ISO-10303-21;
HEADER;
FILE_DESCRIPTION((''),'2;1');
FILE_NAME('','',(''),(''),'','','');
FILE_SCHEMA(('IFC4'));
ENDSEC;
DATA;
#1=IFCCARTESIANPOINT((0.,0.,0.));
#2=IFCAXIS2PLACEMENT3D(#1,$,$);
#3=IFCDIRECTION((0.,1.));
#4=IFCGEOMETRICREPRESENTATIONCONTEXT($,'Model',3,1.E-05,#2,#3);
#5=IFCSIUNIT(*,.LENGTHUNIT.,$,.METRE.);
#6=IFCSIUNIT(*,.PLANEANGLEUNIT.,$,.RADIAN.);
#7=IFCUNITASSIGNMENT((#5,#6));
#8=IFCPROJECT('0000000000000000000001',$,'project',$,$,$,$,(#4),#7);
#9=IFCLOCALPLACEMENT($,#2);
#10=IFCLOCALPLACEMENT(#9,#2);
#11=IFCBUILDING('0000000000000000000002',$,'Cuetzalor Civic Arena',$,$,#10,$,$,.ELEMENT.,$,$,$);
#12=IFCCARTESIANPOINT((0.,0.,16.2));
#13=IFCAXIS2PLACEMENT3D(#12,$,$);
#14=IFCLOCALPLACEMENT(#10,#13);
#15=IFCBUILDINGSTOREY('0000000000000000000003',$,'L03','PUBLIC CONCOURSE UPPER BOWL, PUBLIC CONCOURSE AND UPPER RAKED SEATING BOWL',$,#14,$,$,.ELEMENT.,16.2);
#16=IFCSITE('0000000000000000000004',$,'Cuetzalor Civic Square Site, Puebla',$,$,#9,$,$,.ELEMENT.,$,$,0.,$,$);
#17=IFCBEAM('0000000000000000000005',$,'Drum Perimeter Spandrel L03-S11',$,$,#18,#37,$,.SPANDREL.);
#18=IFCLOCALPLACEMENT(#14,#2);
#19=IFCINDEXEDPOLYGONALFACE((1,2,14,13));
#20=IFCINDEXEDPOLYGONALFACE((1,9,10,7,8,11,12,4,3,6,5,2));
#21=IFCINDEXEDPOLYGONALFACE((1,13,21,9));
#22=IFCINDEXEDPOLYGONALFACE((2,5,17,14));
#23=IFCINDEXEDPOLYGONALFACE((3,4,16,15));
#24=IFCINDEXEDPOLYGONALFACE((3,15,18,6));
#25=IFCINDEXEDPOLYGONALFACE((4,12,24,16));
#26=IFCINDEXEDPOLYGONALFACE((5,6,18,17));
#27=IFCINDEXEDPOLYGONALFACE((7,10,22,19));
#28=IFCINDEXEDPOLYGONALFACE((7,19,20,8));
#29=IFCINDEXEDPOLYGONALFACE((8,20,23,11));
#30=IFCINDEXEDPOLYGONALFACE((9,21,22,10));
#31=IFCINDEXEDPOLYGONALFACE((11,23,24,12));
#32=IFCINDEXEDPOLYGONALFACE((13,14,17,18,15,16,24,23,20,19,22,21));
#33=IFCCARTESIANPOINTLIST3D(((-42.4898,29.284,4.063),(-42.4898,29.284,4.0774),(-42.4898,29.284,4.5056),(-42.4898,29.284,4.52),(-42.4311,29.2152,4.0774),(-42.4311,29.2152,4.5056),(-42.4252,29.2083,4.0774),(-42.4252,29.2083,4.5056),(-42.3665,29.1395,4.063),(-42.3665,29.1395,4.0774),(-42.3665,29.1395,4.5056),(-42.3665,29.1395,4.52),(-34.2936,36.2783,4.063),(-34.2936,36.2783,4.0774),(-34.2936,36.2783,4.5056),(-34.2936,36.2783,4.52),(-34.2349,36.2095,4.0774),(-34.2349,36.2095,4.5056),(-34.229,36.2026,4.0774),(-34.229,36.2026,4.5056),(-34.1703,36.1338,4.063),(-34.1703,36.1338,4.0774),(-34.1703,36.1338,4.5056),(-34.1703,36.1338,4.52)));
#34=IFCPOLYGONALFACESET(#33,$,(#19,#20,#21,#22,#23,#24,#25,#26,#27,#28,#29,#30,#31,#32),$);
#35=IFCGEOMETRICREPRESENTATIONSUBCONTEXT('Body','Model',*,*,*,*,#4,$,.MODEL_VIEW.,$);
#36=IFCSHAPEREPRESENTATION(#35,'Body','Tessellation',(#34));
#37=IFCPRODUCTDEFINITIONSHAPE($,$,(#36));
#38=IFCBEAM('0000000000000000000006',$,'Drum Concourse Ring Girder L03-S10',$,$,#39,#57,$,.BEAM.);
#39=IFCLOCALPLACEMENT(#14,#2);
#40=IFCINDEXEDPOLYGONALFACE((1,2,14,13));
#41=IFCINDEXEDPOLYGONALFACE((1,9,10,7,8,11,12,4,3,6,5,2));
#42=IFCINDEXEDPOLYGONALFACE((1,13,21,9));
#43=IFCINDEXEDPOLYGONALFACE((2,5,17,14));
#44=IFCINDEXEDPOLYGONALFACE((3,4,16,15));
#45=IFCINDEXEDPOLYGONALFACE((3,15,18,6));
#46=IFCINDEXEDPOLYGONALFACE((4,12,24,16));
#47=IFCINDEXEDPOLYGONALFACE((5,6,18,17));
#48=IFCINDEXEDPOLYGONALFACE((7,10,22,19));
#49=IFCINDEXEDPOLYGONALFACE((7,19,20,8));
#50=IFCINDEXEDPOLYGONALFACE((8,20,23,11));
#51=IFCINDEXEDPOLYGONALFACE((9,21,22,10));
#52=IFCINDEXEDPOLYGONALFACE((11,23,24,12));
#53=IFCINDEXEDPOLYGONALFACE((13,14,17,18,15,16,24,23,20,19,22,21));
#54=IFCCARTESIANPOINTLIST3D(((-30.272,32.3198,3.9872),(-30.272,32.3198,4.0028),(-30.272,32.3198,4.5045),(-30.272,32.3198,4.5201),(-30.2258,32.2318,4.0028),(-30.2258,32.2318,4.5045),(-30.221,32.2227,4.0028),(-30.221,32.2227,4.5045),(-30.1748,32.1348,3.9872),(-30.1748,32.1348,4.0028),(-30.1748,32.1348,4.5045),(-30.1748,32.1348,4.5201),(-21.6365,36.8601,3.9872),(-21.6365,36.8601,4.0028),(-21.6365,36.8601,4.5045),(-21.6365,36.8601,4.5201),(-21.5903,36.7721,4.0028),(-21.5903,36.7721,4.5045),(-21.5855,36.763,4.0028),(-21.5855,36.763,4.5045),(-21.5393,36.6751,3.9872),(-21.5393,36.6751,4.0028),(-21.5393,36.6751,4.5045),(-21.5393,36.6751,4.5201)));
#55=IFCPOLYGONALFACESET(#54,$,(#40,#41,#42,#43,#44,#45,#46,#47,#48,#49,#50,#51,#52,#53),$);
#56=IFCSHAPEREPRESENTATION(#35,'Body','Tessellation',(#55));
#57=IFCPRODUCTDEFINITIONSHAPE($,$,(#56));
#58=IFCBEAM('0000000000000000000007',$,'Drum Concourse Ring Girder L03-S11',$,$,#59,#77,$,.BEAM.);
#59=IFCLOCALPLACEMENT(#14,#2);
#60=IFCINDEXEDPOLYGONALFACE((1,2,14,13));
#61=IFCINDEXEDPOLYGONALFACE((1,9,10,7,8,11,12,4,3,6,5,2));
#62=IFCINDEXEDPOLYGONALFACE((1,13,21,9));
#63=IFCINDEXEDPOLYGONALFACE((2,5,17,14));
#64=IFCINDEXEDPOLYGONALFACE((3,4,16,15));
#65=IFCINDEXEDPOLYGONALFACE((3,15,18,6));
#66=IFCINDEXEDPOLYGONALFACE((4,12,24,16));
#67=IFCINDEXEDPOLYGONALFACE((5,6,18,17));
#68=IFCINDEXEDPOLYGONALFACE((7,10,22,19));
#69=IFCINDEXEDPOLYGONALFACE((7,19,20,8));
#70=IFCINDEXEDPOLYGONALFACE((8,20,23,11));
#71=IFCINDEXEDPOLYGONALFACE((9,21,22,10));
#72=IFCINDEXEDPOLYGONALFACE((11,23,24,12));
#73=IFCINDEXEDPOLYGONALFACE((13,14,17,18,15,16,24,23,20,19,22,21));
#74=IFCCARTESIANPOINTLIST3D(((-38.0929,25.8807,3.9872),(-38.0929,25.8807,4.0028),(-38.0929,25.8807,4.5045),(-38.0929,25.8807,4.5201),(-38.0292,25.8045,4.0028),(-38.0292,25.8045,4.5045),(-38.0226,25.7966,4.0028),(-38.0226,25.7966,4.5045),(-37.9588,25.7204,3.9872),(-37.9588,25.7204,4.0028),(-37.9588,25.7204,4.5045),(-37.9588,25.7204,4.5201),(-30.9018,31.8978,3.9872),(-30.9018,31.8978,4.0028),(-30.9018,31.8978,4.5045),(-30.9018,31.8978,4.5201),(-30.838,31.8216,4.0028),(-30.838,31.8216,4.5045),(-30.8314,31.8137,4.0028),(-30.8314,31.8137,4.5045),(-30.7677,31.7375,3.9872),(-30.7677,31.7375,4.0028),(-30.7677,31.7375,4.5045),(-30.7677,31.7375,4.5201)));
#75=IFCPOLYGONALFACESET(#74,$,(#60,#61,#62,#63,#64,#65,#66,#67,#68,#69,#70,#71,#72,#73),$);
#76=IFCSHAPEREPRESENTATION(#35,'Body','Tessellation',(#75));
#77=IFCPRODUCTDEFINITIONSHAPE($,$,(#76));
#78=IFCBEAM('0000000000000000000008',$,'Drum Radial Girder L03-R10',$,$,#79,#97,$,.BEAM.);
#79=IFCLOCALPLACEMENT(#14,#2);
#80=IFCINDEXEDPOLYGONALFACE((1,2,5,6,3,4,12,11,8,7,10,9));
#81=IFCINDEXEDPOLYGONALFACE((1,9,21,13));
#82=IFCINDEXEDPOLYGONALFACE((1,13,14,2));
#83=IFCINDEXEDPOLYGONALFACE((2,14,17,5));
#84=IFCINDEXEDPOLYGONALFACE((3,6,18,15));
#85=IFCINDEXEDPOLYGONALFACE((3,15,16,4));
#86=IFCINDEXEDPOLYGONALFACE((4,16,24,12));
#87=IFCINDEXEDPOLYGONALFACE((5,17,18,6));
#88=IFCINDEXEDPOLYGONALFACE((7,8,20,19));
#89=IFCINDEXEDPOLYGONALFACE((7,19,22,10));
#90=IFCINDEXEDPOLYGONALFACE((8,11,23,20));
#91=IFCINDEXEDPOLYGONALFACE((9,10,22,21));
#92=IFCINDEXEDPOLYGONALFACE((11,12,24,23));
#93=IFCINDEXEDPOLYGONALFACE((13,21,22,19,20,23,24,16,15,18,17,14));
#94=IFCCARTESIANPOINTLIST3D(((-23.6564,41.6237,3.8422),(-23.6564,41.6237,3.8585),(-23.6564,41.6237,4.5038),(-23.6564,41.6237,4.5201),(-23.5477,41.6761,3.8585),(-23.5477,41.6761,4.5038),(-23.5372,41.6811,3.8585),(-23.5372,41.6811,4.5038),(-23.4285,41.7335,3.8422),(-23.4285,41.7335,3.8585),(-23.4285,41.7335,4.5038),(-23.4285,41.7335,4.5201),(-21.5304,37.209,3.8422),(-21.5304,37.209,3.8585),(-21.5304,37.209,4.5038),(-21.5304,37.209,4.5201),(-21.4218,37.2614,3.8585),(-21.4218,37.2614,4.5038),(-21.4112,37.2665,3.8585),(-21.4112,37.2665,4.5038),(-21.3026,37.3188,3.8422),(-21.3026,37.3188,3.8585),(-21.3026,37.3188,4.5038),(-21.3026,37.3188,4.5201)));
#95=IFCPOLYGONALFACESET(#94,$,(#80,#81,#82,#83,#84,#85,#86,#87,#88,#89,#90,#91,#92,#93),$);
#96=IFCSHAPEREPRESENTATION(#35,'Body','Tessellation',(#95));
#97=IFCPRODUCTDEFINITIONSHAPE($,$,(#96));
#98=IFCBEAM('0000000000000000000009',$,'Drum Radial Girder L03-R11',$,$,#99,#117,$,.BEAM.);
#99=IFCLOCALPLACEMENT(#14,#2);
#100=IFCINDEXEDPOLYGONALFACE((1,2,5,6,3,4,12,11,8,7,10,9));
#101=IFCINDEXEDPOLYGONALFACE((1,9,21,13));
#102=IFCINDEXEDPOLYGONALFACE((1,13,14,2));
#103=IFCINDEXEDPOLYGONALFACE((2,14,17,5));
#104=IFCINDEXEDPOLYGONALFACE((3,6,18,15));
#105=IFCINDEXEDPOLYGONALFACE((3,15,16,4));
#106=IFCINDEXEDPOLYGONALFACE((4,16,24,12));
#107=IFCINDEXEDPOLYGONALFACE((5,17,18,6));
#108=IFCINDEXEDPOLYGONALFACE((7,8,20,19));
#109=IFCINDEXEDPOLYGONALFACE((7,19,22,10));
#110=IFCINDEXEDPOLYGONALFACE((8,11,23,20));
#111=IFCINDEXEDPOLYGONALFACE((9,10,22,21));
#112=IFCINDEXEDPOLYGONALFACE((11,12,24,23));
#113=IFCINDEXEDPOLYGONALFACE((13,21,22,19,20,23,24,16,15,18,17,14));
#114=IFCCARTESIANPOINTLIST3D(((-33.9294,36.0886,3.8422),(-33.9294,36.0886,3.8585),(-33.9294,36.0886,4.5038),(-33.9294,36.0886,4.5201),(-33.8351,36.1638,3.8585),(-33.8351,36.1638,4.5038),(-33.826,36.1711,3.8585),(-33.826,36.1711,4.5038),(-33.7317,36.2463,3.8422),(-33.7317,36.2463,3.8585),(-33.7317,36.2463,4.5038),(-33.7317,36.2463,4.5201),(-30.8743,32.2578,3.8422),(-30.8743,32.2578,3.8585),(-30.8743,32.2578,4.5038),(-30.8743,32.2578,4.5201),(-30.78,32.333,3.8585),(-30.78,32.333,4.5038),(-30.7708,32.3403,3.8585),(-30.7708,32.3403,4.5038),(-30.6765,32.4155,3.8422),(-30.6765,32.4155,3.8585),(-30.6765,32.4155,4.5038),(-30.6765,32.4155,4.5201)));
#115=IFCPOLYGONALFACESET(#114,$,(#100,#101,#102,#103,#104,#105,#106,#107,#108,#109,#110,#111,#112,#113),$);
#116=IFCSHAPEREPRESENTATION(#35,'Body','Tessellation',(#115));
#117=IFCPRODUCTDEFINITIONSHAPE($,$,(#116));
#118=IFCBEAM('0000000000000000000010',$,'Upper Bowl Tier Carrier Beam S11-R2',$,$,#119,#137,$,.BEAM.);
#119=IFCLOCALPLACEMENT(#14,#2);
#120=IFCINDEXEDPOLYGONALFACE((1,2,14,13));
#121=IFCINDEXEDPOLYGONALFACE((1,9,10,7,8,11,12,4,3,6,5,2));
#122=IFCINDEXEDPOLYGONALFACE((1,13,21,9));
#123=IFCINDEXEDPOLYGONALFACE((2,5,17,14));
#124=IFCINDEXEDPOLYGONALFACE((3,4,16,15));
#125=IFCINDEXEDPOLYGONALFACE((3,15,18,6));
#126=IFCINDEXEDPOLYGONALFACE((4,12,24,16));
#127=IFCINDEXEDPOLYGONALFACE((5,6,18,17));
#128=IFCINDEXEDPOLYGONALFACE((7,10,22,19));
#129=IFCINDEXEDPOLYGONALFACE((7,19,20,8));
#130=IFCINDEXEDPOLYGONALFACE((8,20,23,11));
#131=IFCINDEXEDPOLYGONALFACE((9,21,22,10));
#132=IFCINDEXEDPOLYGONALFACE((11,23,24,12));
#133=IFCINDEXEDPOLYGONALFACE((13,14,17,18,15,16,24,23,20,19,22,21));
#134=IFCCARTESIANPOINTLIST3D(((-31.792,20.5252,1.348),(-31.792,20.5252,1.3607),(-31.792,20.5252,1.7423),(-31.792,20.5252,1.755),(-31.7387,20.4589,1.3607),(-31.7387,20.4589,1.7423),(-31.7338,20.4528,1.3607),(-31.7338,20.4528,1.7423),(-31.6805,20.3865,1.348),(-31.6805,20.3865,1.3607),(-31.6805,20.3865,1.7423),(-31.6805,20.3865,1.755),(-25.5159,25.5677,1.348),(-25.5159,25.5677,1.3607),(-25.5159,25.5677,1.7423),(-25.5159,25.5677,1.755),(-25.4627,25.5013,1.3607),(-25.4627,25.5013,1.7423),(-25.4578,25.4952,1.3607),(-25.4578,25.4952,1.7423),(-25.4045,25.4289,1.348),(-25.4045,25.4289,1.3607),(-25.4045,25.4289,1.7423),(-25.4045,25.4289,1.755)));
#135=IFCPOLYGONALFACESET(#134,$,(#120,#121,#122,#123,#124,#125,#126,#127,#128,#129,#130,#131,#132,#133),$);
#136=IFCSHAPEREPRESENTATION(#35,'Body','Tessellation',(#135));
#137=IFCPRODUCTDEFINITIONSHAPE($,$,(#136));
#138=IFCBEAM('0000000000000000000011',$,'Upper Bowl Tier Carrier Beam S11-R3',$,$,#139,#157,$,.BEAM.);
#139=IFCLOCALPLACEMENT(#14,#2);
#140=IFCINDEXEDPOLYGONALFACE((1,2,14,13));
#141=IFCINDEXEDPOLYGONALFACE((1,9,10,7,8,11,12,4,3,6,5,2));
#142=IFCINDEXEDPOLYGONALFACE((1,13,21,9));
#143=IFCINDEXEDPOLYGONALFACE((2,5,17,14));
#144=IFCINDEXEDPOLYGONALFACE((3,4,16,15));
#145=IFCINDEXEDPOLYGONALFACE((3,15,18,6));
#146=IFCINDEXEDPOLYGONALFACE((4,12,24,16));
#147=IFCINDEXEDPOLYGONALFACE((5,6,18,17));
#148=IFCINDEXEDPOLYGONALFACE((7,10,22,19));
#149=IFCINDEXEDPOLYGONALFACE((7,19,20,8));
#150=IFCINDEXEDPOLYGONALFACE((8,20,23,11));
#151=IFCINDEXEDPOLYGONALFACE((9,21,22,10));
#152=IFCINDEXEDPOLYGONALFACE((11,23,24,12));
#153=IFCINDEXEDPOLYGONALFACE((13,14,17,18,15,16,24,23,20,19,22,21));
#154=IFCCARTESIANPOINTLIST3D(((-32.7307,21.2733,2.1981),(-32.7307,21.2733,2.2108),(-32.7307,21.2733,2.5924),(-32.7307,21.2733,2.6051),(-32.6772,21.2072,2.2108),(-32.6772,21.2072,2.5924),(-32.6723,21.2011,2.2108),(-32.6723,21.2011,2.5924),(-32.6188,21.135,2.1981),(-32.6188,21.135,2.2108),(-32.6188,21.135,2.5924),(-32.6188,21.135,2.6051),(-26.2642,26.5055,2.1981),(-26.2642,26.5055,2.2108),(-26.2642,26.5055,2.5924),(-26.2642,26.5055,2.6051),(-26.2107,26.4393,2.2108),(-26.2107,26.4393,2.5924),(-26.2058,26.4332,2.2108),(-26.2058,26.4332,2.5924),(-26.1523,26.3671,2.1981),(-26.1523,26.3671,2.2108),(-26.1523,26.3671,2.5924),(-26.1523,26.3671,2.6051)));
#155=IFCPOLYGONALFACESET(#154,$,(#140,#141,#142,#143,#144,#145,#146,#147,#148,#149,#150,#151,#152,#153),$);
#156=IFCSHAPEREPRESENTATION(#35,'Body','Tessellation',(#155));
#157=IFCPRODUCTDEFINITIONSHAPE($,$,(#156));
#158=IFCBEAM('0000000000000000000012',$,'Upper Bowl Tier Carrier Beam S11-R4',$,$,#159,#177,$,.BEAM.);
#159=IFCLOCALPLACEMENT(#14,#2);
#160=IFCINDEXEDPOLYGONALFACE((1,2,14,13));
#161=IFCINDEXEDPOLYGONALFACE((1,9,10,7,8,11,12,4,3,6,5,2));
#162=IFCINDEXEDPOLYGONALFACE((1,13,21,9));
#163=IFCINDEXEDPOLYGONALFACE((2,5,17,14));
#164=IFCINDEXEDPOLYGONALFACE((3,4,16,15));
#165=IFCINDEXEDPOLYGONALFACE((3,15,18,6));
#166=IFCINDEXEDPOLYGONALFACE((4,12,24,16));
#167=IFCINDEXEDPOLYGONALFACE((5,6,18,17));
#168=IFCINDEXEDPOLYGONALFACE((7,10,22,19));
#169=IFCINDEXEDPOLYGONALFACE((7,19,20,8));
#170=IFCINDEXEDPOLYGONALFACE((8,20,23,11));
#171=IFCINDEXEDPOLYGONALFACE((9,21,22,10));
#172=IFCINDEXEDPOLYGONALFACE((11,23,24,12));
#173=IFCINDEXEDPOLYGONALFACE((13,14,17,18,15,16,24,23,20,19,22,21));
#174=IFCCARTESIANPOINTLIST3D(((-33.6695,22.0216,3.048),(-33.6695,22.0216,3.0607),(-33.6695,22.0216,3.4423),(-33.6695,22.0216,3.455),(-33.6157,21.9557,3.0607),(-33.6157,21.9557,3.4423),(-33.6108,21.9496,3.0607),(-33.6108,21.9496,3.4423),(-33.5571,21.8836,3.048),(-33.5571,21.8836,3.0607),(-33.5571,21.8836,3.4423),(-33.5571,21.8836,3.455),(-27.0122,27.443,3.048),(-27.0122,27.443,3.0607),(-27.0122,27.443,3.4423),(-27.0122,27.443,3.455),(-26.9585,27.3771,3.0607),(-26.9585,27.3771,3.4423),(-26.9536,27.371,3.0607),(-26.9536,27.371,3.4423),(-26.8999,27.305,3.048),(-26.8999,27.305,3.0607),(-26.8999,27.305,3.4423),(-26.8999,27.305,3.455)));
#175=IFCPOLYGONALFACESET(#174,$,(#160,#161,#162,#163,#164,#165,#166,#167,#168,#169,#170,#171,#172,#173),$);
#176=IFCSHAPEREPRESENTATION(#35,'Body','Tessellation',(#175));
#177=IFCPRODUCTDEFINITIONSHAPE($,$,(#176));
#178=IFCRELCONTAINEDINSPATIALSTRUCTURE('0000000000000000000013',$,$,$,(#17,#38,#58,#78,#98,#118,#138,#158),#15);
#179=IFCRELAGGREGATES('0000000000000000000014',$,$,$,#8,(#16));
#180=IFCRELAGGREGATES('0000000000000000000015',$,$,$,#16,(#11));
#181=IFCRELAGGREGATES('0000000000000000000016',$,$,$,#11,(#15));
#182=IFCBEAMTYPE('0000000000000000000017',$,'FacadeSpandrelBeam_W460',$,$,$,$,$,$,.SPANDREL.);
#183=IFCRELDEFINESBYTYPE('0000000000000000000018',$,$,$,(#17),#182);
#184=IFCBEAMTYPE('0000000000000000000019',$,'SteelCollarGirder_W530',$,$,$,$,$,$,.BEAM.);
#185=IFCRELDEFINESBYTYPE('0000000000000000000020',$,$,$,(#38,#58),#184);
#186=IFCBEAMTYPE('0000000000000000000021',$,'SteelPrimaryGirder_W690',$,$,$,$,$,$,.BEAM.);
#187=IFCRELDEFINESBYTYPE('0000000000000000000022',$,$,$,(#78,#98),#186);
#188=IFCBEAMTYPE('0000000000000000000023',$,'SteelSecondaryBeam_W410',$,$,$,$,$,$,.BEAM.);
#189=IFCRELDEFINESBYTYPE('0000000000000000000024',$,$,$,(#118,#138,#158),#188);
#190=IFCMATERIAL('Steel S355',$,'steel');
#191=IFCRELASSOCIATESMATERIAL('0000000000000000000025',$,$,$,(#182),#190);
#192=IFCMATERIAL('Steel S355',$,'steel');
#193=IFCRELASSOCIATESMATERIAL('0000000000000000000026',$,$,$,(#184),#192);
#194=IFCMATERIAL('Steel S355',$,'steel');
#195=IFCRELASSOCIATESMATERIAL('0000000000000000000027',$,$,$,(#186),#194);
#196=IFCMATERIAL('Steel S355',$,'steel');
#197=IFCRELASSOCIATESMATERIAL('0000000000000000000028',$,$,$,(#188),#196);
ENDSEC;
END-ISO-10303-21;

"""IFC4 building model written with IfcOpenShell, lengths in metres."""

from ifc_helpers import new_model, si_unit, direction, frame, origin, origin_2d, place, context, subcontext, project, spatial, i_section, extrude, material, material_profile, profile_set, type_object, element, save


model = new_model("IFC4")

# Units and contexts
model_context = context("Model", 3, precision=1e-05, world=origin(), true_north=direction((0.0, 1.0)))
body_context = subcontext(model_context, "Body", "Model", "MODEL_VIEW")
ifc_project = project(units=[si_unit("LENGTHUNIT", "METRE"), si_unit("PLANEANGLEUNIT", "RADIAN")], contexts=[model_context])

# Site, building, storey
site_placement = place(None, origin())
site = spatial("IfcSite", under=ifc_project, at=site_placement, Name="Cuetzalor Civic Square Site, Puebla", CompositionType="ELEMENT", RefElevation=0.0)
building_placement = place(site_placement, origin())
building = spatial("IfcBuilding", under=site, at=building_placement, Name="Cuetzalor Civic Arena", CompositionType="ELEMENT")
storey_placement = place(building_placement, frame((0.0, 0.0, 16.2)))
storey = spatial("IfcBuildingStorey", under=building, at=storey_placement, Name="L03", Description="PUBLIC CONCOURSE UPPER BOWL, PUBLIC CONCOURSE AND UPPER RAKED SEATING BOWL", CompositionType="ELEMENT", Elevation=16.2)

# Beams
ifc_material_1 = material(Name="Steel S355", Category="steel")
ifc_material_profile_1 = material_profile(ifc_material_1, i_section(OverallWidth=0.1899, OverallDepth=0.457, WebThickness=0.009, FlangeThickness=0.0144, at=origin_2d()), Name="W460x74")
ifc_profile_set_1 = profile_set([ifc_material_profile_1], Name="Steel S355")
beam_type_1 = type_object("IfcBeamType", Name="FacadeSpandrelBeam_W460", PredefinedType="SPANDREL", material=ifc_profile_set_1)
beam_1_placement = place(storey_placement, frame((-34.2319, 36.2061, 4.2915), z_axis=(-0.760677, -0.649131, 0.0), x_axis=(0.649131, -0.760677, 0.0)))
element("IfcBeam", 1, at=beam_1_placement, inside=storey, type_object=beam_type_1, Name="Drum Perimeter Spandrel L03-S11", PredefinedType="SPANDREL", context=body_context, shape_type="SweptSolid", body=[
    extrude(i_section(OverallWidth=0.1899, OverallDepth=0.457, WebThickness=0.009, FlangeThickness=0.0144, at=origin_2d()), origin(), (0.0, 0.0, 1.0), 10.7749),
])
ifc_material_2 = material(Name="Steel S355", Category="steel")
ifc_material_profile_2 = material_profile(ifc_material_2, i_section(OverallWidth=0.209, OverallDepth=0.533, WebThickness=0.0103, FlangeThickness=0.0156, at=origin_2d()), Name="W530x92")
ifc_profile_set_2 = profile_set([ifc_material_profile_2], Name="Steel S355")
beam_type_2 = type_object("IfcBeamType", Name="SteelCollarGirder_W530", PredefinedType="BEAM", material=ifc_profile_set_2)
beam_2_placement = place(storey_placement, frame((-21.5879, 36.7676, 4.2537), z_axis=(-0.885117, -0.465368, 0.0), x_axis=(0.465368, -0.885117, 0.0)))
element("IfcBeam", 2, at=beam_2_placement, inside=storey, type_object=beam_type_2, Name="Drum Concourse Ring Girder L03-S10", PredefinedType="BEAM", context=body_context, shape_type="SweptSolid", body=[
    extrude(i_section(OverallWidth=0.209, OverallDepth=0.533, WebThickness=0.0103, FlangeThickness=0.0156, at=origin_2d()), origin(), (0.0, 0.0, 1.0), 9.7563),
])
beam_3_placement = place(storey_placement, frame((-30.8347, 31.8176, 4.2537), z_axis=(-0.766937, -0.641722, 0.0), x_axis=(0.641722, -0.766937, 0.0)))
element("IfcBeam", 3, at=beam_3_placement, inside=storey, type_object=beam_type_2, Name="Drum Concourse Ring Girder L03-S11", PredefinedType="BEAM", context=body_context, shape_type="SweptSolid", body=[
    extrude(i_section(OverallWidth=0.209, OverallDepth=0.533, WebThickness=0.0103, FlangeThickness=0.0156, at=origin_2d()), origin(), (0.0, 0.0, 1.0), 9.3765),
])
ifc_material_3 = material(Name="Steel S355", Category="steel")
ifc_material_profile_3 = material_profile(ifc_material_3, i_section(OverallWidth=0.2529, OverallDepth=0.678, WebThickness=0.0117, FlangeThickness=0.0164, at=origin_2d()), Name="W690x125")
ifc_profile_set_3 = profile_set([ifc_material_profile_3], Name="Steel S355")
beam_type_3 = type_object("IfcBeamType", Name="SteelPrimaryGirder_W690", PredefinedType="BEAM", material=ifc_profile_set_3)
for number, where, z_axis, x_axis, name in (
    (4, (-21.4165, 37.2639, 4.1812), (-0.433871, 0.900975, 0.0), (-0.900975, -0.433871, 0.0), "Drum Radial Girder L03-R10"),
    (5, (-30.7754, 32.3367, 4.1812), (-0.623516, 0.781811, 0.0), (-0.781811, -0.623516, 0.0), "Drum Radial Girder L03-R11"),
):
    element("IfcBeam", number, at=place(storey_placement, frame(where, z_axis=z_axis, x_axis=x_axis)), inside=storey, type_object=beam_type_3, Name=name, PredefinedType="BEAM", context=body_context, shape_type="SweptSolid", body=[
        extrude(i_section(OverallWidth=0.2529, OverallDepth=0.678, WebThickness=0.0117, FlangeThickness=0.0164, at=origin_2d()), origin(), (0.0, 0.0, 1.0), 4.8999),
    ])
ifc_material_4 = material(Name="Steel S355", Category="steel")
ifc_material_profile_4 = material_profile(ifc_material_4, i_section(OverallWidth=0.178, OverallDepth=0.407, WebThickness=0.0078, FlangeThickness=0.0127, at=origin_2d()), Name="W410x60")
ifc_profile_set_4 = profile_set([ifc_material_profile_4], Name="Steel S355")
beam_type_4 = type_object("IfcBeamType", Name="SteelSecondaryBeam_W410", PredefinedType="BEAM", material=ifc_profile_set_4)
beam_4_placement = place(storey_placement, frame((-25.4602, 25.4983, 1.5515), z_axis=(-0.779559, -0.626328, 0.0), x_axis=(0.626328, -0.779559, 0.0)))
element("IfcBeam", 6, at=beam_4_placement, inside=storey, type_object=beam_type_4, Name="Upper Bowl Tier Carrier Beam S11-R2", PredefinedType="BEAM", context=body_context, shape_type="SweptSolid", body=[
    extrude(i_section(OverallWidth=0.178, OverallDepth=0.407, WebThickness=0.0078, FlangeThickness=0.0127, at=origin_2d()), origin(), (0.0, 0.0, 1.0), 8.0508),
])
beam_5_placement = place(storey_placement, frame((-26.2083, 26.4363, 2.4016), z_axis=(-0.777401, -0.629006, 0.0), x_axis=(0.629006, -0.777401, 0.0)))
element("IfcBeam", 7, at=beam_5_placement, inside=storey, type_object=beam_type_4, Name="Upper Bowl Tier Carrier Beam S11-R3", PredefinedType="BEAM", context=body_context, shape_type="SweptSolid", body=[
    extrude(i_section(OverallWidth=0.178, OverallDepth=0.407, WebThickness=0.0078, FlangeThickness=0.0127, at=origin_2d()), origin(), (0.0, 0.0, 1.0), 8.3181),
])
beam_6_placement = place(storey_placement, frame((-26.9561, 27.374, 3.2515), z_axis=(-0.775407, -0.631462, 0.0), x_axis=(0.631462, -0.775407, 0.0)))
element("IfcBeam", 8, at=beam_6_placement, inside=storey, type_object=beam_type_4, Name="Upper Bowl Tier Carrier Beam S11-R4", PredefinedType="BEAM", context=body_context, shape_type="SweptSolid", body=[
    extrude(i_section(OverallWidth=0.178, OverallDepth=0.407, WebThickness=0.0078, FlangeThickness=0.0127, at=origin_2d()), origin(), (0.0, 0.0, 1.0), 8.5854),
])

save(model, "model.ifc")
